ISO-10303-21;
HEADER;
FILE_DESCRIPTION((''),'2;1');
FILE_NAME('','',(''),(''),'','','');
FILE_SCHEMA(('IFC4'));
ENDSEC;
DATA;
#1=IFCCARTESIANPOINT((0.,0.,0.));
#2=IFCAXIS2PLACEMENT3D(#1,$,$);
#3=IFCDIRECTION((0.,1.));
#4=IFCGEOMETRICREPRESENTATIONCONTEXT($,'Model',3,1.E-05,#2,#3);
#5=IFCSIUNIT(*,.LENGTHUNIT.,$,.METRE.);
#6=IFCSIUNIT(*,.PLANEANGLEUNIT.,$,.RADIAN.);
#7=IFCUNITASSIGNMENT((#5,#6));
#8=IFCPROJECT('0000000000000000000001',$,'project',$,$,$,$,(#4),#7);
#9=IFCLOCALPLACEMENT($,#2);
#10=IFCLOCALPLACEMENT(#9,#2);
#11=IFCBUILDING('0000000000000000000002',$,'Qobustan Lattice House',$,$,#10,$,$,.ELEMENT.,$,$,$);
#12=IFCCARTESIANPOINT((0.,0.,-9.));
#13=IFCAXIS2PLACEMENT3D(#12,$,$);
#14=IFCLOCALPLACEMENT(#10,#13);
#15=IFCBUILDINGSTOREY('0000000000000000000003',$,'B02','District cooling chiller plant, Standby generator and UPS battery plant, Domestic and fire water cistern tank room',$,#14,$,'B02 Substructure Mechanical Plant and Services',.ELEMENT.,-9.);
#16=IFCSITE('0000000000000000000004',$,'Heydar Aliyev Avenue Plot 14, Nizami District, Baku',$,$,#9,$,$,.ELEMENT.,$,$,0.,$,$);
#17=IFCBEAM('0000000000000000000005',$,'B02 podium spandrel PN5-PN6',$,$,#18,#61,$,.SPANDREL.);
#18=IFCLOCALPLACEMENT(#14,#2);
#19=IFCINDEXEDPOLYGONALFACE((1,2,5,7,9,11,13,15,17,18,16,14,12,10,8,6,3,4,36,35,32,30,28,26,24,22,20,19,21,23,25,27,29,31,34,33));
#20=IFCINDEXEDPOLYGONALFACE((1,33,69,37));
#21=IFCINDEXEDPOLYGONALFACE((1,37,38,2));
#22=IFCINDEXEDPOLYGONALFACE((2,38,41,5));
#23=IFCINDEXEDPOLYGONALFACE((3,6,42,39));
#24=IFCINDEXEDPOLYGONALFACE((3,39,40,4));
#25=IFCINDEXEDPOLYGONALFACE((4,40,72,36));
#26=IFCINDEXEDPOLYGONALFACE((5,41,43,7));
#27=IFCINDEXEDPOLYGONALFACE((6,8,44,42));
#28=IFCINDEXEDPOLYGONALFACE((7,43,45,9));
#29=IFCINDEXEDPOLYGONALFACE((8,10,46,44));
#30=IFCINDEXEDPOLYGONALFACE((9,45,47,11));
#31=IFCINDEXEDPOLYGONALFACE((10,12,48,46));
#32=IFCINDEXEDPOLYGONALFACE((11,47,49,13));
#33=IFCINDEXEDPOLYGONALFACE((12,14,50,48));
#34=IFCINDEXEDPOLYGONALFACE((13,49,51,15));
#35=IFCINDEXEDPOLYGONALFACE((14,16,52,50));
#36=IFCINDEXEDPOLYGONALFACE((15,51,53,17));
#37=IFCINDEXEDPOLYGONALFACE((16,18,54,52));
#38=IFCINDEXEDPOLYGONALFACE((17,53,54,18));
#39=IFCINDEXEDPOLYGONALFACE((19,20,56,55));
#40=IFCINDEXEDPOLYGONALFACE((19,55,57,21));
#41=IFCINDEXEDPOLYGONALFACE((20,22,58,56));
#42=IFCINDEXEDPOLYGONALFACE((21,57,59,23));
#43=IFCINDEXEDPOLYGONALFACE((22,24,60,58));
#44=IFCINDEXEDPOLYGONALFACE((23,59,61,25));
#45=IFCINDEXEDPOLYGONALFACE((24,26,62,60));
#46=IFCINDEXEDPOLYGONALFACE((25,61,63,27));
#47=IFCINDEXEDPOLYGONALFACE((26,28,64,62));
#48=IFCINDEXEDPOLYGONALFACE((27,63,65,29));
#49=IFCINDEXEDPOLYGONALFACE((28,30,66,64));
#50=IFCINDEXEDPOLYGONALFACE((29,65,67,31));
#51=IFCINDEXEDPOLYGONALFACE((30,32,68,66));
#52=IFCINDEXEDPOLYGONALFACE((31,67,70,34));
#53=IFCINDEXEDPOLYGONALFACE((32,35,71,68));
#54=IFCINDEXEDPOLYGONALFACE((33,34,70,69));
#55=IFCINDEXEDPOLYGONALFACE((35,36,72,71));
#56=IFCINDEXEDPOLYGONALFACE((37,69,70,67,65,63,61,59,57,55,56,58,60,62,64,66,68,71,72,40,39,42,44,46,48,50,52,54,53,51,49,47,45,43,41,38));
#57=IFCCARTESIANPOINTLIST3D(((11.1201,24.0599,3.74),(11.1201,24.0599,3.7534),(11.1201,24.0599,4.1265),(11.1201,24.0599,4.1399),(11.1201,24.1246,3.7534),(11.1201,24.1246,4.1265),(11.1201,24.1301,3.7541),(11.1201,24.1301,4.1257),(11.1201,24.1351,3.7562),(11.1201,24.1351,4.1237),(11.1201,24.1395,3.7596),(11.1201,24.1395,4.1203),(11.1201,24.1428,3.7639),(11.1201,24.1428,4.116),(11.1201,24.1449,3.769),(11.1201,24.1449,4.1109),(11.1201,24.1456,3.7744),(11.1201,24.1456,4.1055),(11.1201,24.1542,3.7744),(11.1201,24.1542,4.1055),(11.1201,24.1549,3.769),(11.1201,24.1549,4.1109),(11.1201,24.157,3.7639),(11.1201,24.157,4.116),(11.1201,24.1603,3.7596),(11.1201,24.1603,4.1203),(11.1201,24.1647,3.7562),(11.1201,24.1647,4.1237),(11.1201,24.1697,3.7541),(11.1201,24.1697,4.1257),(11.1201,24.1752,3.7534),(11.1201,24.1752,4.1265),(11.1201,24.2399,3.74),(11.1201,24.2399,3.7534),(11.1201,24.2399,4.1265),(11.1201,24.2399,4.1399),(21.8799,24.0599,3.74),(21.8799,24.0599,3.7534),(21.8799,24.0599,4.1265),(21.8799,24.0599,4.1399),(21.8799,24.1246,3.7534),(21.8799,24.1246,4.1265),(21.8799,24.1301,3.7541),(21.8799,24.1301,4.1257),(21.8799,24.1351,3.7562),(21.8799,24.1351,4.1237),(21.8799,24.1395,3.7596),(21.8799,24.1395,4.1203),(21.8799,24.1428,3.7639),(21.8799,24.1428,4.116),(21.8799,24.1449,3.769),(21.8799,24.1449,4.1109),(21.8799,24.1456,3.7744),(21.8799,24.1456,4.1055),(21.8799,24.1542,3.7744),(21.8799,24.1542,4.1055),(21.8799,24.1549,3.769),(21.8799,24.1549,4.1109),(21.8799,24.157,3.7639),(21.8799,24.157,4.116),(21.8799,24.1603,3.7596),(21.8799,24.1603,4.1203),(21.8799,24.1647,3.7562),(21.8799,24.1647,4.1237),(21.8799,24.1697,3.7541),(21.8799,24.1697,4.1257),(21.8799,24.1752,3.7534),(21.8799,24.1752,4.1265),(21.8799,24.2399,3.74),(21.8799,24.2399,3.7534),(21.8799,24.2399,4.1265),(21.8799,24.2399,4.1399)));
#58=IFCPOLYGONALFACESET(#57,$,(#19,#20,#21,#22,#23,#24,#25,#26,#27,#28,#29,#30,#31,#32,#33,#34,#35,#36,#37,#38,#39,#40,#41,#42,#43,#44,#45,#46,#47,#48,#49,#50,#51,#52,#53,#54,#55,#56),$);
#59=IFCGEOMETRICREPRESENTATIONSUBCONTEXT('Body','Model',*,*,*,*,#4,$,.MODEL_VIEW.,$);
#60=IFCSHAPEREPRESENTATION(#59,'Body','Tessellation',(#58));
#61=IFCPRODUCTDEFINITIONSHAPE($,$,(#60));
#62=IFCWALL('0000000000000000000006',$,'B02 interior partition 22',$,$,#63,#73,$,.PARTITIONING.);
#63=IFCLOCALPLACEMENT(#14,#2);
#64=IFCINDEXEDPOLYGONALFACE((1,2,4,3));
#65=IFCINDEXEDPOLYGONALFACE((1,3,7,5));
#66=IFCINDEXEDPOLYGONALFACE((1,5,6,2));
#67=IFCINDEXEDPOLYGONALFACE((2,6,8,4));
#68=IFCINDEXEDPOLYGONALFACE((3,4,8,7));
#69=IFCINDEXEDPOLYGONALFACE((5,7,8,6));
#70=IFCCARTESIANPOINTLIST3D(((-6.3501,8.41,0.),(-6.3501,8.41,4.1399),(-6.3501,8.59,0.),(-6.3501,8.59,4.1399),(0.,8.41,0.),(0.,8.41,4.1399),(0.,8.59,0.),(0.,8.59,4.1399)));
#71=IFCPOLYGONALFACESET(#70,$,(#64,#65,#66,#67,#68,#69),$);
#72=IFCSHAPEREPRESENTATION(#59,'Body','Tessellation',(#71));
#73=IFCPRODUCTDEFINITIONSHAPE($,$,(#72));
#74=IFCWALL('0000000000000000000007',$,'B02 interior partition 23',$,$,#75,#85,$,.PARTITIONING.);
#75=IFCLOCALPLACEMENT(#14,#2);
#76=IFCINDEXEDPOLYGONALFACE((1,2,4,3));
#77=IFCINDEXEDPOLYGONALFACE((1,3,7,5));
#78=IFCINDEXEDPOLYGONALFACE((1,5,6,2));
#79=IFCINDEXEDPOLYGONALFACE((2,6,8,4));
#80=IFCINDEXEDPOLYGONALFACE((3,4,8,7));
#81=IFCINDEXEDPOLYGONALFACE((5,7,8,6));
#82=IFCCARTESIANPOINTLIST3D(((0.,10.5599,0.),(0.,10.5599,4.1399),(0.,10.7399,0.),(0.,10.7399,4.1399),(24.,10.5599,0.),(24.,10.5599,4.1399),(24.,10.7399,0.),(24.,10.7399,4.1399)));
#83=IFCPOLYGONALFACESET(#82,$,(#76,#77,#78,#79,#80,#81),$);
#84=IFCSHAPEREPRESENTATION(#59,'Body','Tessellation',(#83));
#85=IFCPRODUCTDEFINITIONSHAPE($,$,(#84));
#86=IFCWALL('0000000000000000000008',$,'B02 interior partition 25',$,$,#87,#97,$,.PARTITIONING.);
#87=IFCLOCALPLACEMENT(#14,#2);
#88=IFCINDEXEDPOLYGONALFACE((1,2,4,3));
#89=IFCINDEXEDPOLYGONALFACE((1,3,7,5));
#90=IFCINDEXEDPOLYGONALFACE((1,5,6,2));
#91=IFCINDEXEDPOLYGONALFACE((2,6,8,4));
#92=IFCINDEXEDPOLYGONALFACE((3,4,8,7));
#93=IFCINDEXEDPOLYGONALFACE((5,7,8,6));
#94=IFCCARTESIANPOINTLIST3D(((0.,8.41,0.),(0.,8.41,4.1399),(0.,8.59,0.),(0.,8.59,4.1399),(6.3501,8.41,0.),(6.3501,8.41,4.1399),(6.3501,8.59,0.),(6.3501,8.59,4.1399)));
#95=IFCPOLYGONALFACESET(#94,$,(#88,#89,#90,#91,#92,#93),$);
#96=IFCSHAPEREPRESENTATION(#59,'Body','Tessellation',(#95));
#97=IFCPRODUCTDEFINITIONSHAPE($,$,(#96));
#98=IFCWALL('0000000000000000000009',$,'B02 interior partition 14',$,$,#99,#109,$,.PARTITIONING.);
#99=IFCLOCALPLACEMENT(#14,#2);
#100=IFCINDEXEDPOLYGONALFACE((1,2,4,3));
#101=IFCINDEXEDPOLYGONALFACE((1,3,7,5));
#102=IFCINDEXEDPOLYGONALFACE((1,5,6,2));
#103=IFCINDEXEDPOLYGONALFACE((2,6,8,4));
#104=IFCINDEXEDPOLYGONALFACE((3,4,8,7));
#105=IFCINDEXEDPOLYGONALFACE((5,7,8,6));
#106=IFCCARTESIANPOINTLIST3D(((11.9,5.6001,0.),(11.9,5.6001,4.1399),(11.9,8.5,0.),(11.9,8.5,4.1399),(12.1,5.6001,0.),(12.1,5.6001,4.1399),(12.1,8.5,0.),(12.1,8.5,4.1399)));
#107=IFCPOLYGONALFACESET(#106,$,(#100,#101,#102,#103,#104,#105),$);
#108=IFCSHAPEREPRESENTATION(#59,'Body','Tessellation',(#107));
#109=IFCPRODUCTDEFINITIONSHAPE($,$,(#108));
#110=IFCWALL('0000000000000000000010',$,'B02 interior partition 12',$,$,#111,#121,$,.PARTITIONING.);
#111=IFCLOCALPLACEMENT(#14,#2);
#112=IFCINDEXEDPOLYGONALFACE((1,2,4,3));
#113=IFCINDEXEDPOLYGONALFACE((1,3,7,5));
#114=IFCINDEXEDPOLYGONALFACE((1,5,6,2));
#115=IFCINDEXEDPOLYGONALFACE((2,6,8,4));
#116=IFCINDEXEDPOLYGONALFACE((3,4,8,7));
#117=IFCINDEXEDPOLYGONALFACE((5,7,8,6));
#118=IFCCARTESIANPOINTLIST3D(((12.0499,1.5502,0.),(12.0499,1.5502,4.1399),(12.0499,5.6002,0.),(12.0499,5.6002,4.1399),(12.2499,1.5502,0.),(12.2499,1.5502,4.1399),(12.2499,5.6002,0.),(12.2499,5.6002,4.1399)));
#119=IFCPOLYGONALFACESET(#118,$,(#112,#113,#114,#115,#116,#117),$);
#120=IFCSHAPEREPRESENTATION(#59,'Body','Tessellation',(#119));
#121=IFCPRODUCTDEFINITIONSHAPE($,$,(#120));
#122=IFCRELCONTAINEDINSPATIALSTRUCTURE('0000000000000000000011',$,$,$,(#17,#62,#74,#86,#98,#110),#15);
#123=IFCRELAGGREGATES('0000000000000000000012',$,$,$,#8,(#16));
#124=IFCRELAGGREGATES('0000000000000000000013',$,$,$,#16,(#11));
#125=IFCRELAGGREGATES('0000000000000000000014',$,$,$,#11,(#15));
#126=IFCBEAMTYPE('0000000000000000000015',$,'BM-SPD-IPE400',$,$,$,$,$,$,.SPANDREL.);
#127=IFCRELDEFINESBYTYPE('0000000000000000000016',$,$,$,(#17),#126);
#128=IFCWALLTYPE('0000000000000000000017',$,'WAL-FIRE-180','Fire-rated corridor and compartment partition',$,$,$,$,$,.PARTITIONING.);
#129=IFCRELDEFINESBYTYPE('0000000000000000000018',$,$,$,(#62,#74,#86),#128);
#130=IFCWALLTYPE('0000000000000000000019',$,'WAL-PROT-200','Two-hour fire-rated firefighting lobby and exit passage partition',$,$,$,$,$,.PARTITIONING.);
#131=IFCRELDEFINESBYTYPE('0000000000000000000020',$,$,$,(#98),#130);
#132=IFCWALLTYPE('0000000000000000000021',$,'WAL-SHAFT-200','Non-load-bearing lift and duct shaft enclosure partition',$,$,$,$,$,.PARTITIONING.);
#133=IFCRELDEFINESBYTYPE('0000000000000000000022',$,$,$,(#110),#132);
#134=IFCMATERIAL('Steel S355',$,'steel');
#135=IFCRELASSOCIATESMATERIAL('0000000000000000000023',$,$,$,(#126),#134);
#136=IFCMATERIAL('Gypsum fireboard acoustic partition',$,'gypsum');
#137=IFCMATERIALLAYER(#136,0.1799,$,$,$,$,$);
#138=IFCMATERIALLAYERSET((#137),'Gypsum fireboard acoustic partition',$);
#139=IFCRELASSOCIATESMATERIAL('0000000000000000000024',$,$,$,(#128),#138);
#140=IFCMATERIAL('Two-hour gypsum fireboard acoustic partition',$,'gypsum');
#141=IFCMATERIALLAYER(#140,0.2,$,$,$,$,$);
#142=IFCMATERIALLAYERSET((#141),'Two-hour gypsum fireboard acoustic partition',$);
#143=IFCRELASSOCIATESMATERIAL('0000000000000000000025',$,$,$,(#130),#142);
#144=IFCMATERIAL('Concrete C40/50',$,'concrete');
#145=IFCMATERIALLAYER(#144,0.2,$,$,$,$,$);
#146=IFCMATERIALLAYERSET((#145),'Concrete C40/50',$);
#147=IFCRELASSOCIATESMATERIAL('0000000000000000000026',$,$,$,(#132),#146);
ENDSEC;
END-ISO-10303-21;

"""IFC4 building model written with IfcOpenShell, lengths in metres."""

from ifc_helpers import new_model, si_unit, direction, frame, frame_2d, origin, origin_2d, place, context, subcontext, project, spatial, rectangle, i_section, extrude, material, layer, layer_set, material_profile, profile_set, type_object, element, save


model = new_model("IFC4")

# Units and contexts
model_context = context("Model", 3, precision=1e-05, world=origin(), true_north=direction((0.0, 1.0)))
body_context = subcontext(model_context, "Body", "Model", "MODEL_VIEW")
ifc_project = project(units=[si_unit("LENGTHUNIT", "METRE"), si_unit("PLANEANGLEUNIT", "RADIAN")], contexts=[model_context])

# Site, building, storey
site_placement = place(None, origin())
site = spatial("IfcSite", under=ifc_project, at=site_placement, Name="Heydar Aliyev Avenue Plot 14, Nizami District, Baku", CompositionType="ELEMENT", RefElevation=0.0)
building_placement = place(site_placement, origin())
building = spatial("IfcBuilding", under=site, at=building_placement, Name="Qobustan Lattice House", CompositionType="ELEMENT")
storey_placement = place(building_placement, frame((0.0, 0.0, -9.0)))
storey = spatial("IfcBuildingStorey", under=building, at=storey_placement, Name="B02", Description="District cooling chiller plant, Standby generator and UPS battery plant, Domestic and fire water cistern tank room", LongName="B02 Substructure Mechanical Plant and Services", CompositionType="ELEMENT", Elevation=-9.0)

# Beam
ifc_material_1 = material(Name="Steel S355", Category="steel")
ifc_material_profile_1 = material_profile(ifc_material_1, i_section(OverallWidth=0.1799, OverallDepth=0.3999, WebThickness=0.0085, FlangeThickness=0.0134, FilletRadius=0.021, at=origin_2d()), Name="IPE400")
ifc_profile_set_1 = profile_set([ifc_material_profile_1], Name="Steel S355")
beam_type_1 = type_object("IfcBeamType", Name="BM-SPD-IPE400", PredefinedType="SPANDREL", material=ifc_profile_set_1)
for number, where, z_axis, x_axis, name in (
    (1, (11.1201, 24.1499, 3.9399), (1.0, 0.0, 0.0), (0.0, 1.0, 0.0), "B02 podium spandrel PN5-PN6"),
):
    element("IfcBeam", number, at=place(storey_placement, frame(where, z_axis=z_axis, x_axis=x_axis)), inside=storey, type_object=beam_type_1, Name=name, PredefinedType="SPANDREL", context=body_context, shape_type="SweptSolid", body=[
        extrude(i_section(OverallWidth=0.1799, OverallDepth=0.3999, WebThickness=0.0085, FlangeThickness=0.0134, FilletRadius=0.021, at=origin_2d()), origin(), (0.0, 0.0, 1.0), 10.7598),
    ])

# Walls
ifc_material_2 = material(Name="Gypsum fireboard acoustic partition", Category="gypsum")
ifc_layer_1 = layer(ifc_material_2, 0.1799)
ifc_layer_set_1 = layer_set([ifc_layer_1], Name="Gypsum fireboard acoustic partition")
wall_type_1 = type_object("IfcWallType", Name="WAL-FIRE-180", Description="Fire-rated corridor and compartment partition", PredefinedType="PARTITIONING", material=ifc_layer_set_1)
wall_1_placement = place(storey_placement, frame((0.0, 8.5, 0.0), z_axis=(0.0, 0.0, 1.0), x_axis=(-1.0, 0.0, 0.0)))
element("IfcWall", 2, at=wall_1_placement, inside=storey, type_object=wall_type_1, Name="B02 interior partition 22", PredefinedType="PARTITIONING", context=body_context, shape_type="SweptSolid", body=[
    extrude(rectangle(XDim=6.3501, YDim=0.1799, at=frame_2d((3.175, 0.0))), origin(), (0.0, 0.0, 1.0), 4.1399),
])
wall_2_placement = place(storey_placement, frame((0.0, 10.6499, 0.0), z_axis=(0.0, 0.0, 1.0), x_axis=(1.0, 0.0, 0.0)))
element("IfcWall", 3, at=wall_2_placement, inside=storey, type_object=wall_type_1, Name="B02 interior partition 23", PredefinedType="PARTITIONING", context=body_context, shape_type="SweptSolid", body=[
    extrude(rectangle(XDim=24.0, YDim=0.1799, at=frame_2d((12.0, 0.0))), origin(), (0.0, 0.0, 1.0), 4.1399),
])
wall_3_placement = place(storey_placement, frame((6.3501, 8.5, 0.0), z_axis=(0.0, 0.0, 1.0), x_axis=(-1.0, 0.0, 0.0)))
element("IfcWall", 4, at=wall_3_placement, inside=storey, type_object=wall_type_1, Name="B02 interior partition 25", PredefinedType="PARTITIONING", context=body_context, shape_type="SweptSolid", body=[
    extrude(rectangle(XDim=6.3501, YDim=0.1799, at=frame_2d((3.175, 0.0))), origin(), (0.0, 0.0, 1.0), 4.1399),
])
ifc_material_3 = material(Name="Two-hour gypsum fireboard acoustic partition", Category="gypsum")
ifc_layer_2 = layer(ifc_material_3, 0.2)
ifc_layer_set_2 = layer_set([ifc_layer_2], Name="Two-hour gypsum fireboard acoustic partition")
wall_type_2 = type_object("IfcWallType", Name="WAL-PROT-200", Description="Two-hour fire-rated firefighting lobby and exit passage partition", PredefinedType="PARTITIONING", material=ifc_layer_set_2)
wall_4_placement = place(storey_placement, frame((12.0, 8.5, 0.0), z_axis=(0.0, 0.0, 1.0), x_axis=(0.0, -1.0, 0.0)))
element("IfcWall", 5, at=wall_4_placement, inside=storey, type_object=wall_type_2, Name="B02 interior partition 14", PredefinedType="PARTITIONING", context=body_context, shape_type="SweptSolid", body=[
    extrude(rectangle(XDim=2.8999, YDim=0.2, at=frame_2d((1.45, 0.0))), origin(), (0.0, 0.0, 1.0), 4.1399),
])
ifc_material_4 = material(Name="Concrete C40/50", Category="concrete")
ifc_layer_3 = layer(ifc_material_4, 0.2)
ifc_layer_set_3 = layer_set([ifc_layer_3], Name="Concrete C40/50")
wall_type_3 = type_object("IfcWallType", Name="WAL-SHAFT-200", Description="Non-load-bearing lift and duct shaft enclosure partition", PredefinedType="PARTITIONING", material=ifc_layer_set_3)
wall_5_placement = place(storey_placement, frame((12.1499, 5.6001, 0.0), z_axis=(0.0, 0.0, 1.0), x_axis=(0.0, -1.0, 0.0)))
element("IfcWall", 6, at=wall_5_placement, inside=storey, type_object=wall_type_3, Name="B02 interior partition 12", PredefinedType="PARTITIONING", context=body_context, shape_type="SweptSolid", body=[
    extrude(rectangle(XDim=4.05, YDim=0.2, at=frame_2d((2.0249, 0.0))), origin(), (0.0, 0.0, 1.0), 4.1399),
])

save(model, "model.ifc")
